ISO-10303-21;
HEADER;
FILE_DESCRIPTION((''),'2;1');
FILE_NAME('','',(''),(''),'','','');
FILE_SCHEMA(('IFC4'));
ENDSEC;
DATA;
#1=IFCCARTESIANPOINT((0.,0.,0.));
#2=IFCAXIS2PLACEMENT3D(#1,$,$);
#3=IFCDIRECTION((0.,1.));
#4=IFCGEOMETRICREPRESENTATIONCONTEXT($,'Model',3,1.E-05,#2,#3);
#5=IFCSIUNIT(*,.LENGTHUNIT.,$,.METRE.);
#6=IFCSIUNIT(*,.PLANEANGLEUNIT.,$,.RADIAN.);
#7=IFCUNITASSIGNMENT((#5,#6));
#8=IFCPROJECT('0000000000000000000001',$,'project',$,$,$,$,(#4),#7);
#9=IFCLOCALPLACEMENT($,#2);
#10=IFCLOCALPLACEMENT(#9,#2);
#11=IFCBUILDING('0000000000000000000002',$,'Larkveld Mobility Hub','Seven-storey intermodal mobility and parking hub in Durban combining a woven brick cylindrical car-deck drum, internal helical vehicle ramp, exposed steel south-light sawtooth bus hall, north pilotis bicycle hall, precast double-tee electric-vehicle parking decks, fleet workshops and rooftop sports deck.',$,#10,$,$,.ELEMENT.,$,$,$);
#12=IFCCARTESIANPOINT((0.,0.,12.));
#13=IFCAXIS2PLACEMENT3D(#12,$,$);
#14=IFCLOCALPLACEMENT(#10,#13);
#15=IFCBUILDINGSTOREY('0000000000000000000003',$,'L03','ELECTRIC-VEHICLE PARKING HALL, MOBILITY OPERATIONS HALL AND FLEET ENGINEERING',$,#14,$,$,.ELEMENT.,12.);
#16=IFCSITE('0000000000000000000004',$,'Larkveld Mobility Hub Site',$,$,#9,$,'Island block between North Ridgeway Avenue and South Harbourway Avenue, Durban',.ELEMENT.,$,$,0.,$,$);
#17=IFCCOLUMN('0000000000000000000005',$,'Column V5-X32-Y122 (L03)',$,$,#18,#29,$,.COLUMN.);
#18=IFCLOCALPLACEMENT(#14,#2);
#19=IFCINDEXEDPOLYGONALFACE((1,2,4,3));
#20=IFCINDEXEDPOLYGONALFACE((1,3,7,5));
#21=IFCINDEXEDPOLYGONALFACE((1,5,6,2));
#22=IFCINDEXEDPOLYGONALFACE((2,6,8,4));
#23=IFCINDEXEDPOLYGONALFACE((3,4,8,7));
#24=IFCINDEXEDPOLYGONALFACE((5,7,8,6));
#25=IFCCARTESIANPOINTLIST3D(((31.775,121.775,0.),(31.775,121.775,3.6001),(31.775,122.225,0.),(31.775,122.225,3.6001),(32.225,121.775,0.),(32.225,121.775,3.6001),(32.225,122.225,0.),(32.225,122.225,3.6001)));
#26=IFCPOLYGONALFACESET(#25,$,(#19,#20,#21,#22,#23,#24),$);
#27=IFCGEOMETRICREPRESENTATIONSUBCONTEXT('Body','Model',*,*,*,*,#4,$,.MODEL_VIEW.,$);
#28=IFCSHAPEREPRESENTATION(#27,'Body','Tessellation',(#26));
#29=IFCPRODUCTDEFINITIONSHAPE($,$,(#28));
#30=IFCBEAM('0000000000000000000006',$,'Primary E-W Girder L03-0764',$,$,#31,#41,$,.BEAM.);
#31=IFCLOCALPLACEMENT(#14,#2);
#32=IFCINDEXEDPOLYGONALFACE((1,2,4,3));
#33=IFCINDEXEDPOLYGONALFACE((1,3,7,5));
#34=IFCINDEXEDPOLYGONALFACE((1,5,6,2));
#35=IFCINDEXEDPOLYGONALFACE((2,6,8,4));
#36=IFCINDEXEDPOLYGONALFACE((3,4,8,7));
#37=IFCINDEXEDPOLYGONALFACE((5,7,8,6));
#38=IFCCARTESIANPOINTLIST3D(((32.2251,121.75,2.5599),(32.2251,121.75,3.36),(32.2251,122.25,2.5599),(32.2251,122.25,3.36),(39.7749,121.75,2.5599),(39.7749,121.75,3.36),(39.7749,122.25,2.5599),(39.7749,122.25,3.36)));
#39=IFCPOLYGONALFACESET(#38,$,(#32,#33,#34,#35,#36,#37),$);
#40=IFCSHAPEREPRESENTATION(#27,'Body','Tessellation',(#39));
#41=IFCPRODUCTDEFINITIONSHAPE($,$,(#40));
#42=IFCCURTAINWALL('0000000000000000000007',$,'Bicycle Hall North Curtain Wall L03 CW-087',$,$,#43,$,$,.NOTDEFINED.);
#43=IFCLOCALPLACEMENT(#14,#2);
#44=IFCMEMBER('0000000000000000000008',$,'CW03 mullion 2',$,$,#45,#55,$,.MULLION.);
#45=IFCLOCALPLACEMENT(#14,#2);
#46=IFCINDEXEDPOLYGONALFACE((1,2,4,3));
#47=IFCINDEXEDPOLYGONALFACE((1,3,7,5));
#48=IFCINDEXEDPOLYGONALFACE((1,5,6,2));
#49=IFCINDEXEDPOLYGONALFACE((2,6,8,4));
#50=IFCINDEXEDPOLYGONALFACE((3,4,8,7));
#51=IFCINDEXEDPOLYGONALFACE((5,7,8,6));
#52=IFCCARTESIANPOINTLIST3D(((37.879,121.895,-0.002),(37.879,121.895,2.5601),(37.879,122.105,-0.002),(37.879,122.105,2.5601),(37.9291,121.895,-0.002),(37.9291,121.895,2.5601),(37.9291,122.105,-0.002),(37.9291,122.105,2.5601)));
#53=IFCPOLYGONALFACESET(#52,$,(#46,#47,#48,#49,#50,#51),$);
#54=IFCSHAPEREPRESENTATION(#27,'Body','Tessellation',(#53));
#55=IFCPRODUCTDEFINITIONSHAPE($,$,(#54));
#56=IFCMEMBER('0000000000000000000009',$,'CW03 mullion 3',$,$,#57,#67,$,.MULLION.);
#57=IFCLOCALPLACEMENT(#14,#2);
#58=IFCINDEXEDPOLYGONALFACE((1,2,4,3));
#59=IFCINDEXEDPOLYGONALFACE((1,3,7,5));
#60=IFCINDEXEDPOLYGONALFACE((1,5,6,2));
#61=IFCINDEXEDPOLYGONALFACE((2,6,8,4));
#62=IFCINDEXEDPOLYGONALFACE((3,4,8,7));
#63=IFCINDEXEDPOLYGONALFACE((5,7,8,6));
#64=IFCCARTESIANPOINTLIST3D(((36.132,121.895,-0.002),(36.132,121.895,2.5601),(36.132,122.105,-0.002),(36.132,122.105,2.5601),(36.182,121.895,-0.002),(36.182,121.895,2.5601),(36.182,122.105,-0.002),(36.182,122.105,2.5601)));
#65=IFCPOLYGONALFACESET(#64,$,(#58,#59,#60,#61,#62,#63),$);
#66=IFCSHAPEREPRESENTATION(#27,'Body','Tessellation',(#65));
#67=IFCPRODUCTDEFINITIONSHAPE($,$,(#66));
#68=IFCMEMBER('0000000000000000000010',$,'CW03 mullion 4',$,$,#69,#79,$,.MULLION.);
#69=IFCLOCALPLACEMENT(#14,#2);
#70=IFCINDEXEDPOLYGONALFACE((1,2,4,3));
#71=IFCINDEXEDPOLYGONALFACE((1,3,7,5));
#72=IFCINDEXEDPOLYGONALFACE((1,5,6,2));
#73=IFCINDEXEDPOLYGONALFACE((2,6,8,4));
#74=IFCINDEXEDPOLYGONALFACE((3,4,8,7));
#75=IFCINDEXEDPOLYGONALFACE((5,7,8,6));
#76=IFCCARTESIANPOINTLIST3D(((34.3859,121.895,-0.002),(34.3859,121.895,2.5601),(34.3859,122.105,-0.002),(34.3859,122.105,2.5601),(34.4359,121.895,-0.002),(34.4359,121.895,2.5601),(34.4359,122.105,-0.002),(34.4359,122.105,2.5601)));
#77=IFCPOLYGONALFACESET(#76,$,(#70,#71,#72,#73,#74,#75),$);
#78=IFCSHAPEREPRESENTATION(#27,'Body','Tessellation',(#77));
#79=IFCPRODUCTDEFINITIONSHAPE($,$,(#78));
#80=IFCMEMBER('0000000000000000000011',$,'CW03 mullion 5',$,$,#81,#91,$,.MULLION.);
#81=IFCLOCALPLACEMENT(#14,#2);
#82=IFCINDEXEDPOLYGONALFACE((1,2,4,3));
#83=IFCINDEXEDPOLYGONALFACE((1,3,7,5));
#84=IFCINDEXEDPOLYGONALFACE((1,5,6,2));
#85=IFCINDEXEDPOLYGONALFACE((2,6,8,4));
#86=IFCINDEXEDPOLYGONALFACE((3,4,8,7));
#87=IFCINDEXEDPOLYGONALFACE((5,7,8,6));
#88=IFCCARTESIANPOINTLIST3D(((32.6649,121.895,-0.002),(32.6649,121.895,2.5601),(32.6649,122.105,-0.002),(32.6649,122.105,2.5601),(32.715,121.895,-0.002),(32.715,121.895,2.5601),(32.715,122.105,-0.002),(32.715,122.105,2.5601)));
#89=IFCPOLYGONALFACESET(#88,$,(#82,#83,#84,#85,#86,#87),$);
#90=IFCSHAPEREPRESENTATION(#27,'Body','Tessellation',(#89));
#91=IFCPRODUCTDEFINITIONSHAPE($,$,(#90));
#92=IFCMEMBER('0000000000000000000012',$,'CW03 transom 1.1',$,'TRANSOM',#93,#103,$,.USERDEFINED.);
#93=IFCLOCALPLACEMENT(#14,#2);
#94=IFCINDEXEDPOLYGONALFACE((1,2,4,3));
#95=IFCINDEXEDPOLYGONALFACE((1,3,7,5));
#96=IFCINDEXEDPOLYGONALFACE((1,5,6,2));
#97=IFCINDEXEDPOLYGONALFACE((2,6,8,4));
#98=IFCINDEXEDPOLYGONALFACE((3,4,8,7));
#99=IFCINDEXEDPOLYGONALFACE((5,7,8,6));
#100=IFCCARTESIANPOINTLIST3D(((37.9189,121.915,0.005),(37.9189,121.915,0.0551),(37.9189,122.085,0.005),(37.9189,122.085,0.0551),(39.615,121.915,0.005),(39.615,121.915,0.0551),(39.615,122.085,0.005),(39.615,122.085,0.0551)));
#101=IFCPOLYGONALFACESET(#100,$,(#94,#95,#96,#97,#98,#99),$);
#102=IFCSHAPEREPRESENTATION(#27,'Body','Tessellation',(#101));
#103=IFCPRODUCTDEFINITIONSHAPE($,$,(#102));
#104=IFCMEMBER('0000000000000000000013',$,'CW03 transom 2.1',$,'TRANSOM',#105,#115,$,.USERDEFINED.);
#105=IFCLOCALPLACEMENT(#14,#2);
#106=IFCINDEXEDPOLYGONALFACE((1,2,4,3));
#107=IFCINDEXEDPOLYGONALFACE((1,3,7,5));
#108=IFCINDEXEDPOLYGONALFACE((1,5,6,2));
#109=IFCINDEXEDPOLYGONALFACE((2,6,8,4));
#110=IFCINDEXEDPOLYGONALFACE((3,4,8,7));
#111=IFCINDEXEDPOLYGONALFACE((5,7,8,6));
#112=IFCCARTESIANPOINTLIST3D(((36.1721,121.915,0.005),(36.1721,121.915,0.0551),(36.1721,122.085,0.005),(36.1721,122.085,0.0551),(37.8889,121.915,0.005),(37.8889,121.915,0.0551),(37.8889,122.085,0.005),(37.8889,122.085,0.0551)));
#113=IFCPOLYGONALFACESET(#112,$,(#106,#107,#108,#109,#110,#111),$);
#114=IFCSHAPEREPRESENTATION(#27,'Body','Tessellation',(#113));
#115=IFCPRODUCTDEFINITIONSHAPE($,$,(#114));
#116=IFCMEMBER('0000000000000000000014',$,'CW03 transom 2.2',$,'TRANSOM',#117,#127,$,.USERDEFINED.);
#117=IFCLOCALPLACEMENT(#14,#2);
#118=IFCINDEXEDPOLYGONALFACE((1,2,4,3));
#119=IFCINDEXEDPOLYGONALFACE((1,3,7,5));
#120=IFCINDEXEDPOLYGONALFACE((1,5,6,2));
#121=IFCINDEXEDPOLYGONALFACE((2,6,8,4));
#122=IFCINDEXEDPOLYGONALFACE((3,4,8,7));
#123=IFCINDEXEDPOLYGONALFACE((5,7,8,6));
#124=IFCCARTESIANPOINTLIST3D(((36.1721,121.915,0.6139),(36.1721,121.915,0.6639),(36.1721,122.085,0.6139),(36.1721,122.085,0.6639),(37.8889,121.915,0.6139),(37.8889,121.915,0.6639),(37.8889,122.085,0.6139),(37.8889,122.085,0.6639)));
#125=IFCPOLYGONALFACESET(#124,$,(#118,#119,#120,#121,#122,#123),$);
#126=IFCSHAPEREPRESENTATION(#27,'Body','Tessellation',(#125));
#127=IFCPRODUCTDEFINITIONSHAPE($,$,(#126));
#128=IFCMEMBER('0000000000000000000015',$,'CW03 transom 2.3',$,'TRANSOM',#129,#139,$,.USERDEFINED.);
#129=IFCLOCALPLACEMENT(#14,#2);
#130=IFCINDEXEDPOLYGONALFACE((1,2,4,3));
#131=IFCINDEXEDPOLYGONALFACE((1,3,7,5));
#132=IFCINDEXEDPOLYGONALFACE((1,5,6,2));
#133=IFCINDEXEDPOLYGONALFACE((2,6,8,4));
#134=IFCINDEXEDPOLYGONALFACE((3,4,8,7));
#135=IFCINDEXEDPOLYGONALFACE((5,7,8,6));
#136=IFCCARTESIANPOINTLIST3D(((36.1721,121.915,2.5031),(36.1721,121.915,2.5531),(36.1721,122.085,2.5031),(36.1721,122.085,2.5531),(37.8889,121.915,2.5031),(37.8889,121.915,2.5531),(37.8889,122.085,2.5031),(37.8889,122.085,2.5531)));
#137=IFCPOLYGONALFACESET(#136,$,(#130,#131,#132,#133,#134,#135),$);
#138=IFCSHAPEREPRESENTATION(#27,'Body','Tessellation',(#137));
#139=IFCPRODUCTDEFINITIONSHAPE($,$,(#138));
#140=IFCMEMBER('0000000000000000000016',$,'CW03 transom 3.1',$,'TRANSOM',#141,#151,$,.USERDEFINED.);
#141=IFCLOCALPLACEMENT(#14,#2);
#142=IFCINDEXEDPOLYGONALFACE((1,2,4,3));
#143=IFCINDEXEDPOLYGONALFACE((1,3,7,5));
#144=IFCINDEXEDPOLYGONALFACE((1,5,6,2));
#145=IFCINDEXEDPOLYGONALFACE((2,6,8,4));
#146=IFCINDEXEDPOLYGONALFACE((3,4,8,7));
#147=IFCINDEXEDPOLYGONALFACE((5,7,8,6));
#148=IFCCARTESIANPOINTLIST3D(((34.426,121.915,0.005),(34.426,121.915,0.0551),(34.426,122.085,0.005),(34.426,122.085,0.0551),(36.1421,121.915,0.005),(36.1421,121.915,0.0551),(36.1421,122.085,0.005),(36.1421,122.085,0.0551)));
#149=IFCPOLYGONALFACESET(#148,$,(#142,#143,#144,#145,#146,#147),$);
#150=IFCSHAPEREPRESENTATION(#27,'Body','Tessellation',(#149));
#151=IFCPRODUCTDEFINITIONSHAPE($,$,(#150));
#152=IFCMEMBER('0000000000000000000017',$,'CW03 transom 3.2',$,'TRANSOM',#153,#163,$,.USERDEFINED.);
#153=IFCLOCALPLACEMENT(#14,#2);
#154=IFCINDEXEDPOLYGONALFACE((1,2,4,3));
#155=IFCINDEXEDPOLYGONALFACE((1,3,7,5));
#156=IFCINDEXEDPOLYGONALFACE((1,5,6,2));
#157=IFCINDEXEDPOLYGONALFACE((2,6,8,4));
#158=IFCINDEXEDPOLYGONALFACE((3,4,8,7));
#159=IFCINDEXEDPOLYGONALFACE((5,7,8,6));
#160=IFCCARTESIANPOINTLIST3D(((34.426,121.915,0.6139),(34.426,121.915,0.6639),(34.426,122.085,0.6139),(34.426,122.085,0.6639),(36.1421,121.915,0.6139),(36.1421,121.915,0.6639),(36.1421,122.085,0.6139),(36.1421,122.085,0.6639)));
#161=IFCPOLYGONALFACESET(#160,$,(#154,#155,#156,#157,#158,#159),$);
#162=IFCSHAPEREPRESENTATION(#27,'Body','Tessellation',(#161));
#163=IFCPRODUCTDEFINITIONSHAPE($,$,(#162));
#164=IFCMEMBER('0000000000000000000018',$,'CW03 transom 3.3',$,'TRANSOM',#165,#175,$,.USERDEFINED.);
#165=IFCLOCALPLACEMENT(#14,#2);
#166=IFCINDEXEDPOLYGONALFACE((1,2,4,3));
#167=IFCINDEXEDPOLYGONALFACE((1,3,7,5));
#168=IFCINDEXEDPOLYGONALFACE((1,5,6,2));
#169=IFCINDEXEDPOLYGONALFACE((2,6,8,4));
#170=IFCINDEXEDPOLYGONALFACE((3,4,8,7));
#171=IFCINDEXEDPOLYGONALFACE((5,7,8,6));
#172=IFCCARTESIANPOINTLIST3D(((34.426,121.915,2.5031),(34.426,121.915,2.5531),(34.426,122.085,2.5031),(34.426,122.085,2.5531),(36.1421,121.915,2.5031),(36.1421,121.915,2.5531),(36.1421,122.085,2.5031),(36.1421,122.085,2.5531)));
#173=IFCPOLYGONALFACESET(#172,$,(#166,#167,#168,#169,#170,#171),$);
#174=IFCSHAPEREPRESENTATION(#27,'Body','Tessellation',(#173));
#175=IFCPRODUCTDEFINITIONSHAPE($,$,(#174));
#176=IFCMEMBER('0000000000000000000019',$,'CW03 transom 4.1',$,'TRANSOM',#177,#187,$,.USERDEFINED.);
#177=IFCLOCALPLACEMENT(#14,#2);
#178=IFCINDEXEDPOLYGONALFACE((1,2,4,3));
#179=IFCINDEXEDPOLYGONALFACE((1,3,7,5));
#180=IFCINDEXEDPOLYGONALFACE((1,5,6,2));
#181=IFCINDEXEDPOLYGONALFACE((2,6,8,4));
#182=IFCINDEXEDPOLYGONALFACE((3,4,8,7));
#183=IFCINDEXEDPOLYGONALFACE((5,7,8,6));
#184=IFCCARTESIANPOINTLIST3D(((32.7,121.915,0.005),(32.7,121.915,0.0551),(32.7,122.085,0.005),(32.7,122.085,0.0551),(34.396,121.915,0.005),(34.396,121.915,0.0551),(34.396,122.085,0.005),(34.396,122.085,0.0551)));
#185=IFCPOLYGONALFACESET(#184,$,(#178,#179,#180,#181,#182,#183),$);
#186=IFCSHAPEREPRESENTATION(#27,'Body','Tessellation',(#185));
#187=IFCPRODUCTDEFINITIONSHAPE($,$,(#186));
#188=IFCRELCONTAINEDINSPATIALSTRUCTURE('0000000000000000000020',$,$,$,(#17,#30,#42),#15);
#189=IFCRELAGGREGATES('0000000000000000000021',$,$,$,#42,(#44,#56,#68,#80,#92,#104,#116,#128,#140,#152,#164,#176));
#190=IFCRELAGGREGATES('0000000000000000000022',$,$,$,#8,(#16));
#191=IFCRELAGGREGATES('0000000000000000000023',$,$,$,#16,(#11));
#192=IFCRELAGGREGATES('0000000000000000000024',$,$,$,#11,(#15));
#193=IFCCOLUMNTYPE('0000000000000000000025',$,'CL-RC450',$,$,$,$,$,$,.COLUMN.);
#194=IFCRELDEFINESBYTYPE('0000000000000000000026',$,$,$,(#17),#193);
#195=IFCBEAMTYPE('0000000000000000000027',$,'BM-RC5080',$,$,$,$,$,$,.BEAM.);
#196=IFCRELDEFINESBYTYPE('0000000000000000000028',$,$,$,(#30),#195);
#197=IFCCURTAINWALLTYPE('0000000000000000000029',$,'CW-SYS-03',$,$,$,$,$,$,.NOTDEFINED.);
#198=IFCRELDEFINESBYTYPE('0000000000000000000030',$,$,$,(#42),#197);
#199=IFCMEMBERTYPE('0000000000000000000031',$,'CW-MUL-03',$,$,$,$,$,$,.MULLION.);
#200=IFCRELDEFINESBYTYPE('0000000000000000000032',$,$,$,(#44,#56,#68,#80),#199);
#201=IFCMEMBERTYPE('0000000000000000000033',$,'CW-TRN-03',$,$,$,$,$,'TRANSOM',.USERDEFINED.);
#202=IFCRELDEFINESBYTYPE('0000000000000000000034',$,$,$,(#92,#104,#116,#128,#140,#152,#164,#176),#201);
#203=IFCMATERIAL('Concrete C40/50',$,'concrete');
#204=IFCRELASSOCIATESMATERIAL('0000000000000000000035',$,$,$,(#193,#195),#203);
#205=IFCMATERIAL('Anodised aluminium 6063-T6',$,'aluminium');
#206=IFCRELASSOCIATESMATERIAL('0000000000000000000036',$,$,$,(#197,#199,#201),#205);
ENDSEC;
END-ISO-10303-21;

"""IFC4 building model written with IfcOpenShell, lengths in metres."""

from ifc_helpers import new_model, si_unit, direction, frame, origin, origin_2d, place, context, subcontext, project, spatial, rectangle, extrude, material, material_profile, profile_set, type_object, element, aggregate, save


model = new_model("IFC4")

# Units and contexts
model_context = context("Model", 3, precision=1e-05, world=origin(), true_north=direction((0.0, 1.0)))
body_context = subcontext(model_context, "Body", "Model", "MODEL_VIEW")
ifc_project = project(units=[si_unit("LENGTHUNIT", "METRE"), si_unit("PLANEANGLEUNIT", "RADIAN")], contexts=[model_context])

# Site, building, storey
site_placement = place(None, origin())
site = spatial("IfcSite", under=ifc_project, at=site_placement, Name="Larkveld Mobility Hub Site", LongName="Island block between North Ridgeway Avenue and South Harbourway Avenue, Durban", CompositionType="ELEMENT", RefElevation=0.0)
building_placement = place(site_placement, origin())
building = spatial("IfcBuilding", under=site, at=building_placement, Name="Larkveld Mobility Hub", Description="Seven-storey intermodal mobility and parking hub in Durban combining a woven brick cylindrical car-deck drum, internal helical vehicle ramp, exposed steel south-light sawtooth bus hall, north pilotis bicycle hall, precast double-tee electric-vehicle parking decks, fleet workshops and rooftop sports deck.", CompositionType="ELEMENT")
storey_placement = place(building_placement, frame((0.0, 0.0, 12.0)))
storey = spatial("IfcBuildingStorey", under=building, at=storey_placement, Name="L03", Description="ELECTRIC-VEHICLE PARKING HALL, MOBILITY OPERATIONS HALL AND FLEET ENGINEERING", CompositionType="ELEMENT", Elevation=12.0)

# Column
ifc_material_1 = material(Name="Concrete C40/50", Category="concrete")
ifc_material_profile_1 = material_profile(ifc_material_1, rectangle(XDim=0.45, YDim=0.45, at=origin_2d()), Name="RC COL 450x450")
ifc_profile_set_1 = profile_set([ifc_material_profile_1], Name="Concrete C40/50")
column_type = type_object("IfcColumnType", Name="CL-RC450", PredefinedType="COLUMN", material=ifc_profile_set_1)
column_placement = place(storey_placement, frame((32.0, 122.0, 0.0), z_axis=(0.0, 0.0, 1.0), x_axis=(1.0, 0.0, 0.0)))
element("IfcColumn", 1, at=column_placement, inside=storey, type_object=column_type, Name="Column V5-X32-Y122 (L03)", PredefinedType="COLUMN", context=body_context, shape_type="SweptSolid", body=[
    extrude(rectangle(XDim=0.45, YDim=0.45, at=origin_2d()), origin(), (0.0, 0.0, 1.0), 3.6001),
])

# Beam
ifc_material_profile_2 = material_profile(ifc_material_1, rectangle(XDim=0.5, YDim=0.8, at=origin_2d()), Name="RC BM 500x800")
ifc_profile_set_2 = profile_set([ifc_material_profile_2], Name="Concrete C40/50")
beam_type = type_object("IfcBeamType", Name="BM-RC5080", PredefinedType="BEAM", material=ifc_profile_set_2)
beam_placement = place(storey_placement, frame((32.2251, 122.0, 2.96), z_axis=(1.0, 0.0, 0.0), x_axis=(0.0, 1.0, 0.0)))
element("IfcBeam", 2, at=beam_placement, inside=storey, type_object=beam_type, Name="Primary E-W Girder L03-0764", PredefinedType="BEAM", context=body_context, shape_type="SweptSolid", body=[
    extrude(rectangle(XDim=0.5, YDim=0.8, at=origin_2d()), origin(), (0.0, 0.0, 1.0), 7.5498),
])

# Curtain wall, members
ifc_material_2 = material(Name="Anodised aluminium 6063-T6", Category="aluminium")
curtain_wall_type = type_object("IfcCurtainWallType", Name="CW-SYS-03", PredefinedType="NOTDEFINED", material=ifc_material_2)
curtain_wall_placement = place(storey_placement, origin())
curtain_wall = element("IfcCurtainWall", 3, at=curtain_wall_placement, inside=storey, type_object=curtain_wall_type, Name="Bicycle Hall North Curtain Wall L03 CW-087", PredefinedType="NOTDEFINED")
ifc_material_profile_3 = material_profile(ifc_material_2, rectangle(XDim=0.05, YDim=0.21, at=origin_2d()), Name="ALU MULL 50x210")
ifc_profile_set_3 = profile_set([ifc_material_profile_3], Name="Anodised aluminium 6063-T6")
member_type_1 = type_object("IfcMemberType", Name="CW-MUL-03", PredefinedType="MULLION", material=ifc_profile_set_3)
member_1_placement = place(storey_placement, frame((37.9041, 122.0, -0.002), z_axis=(0.0, 0.0, 1.0), x_axis=(-1.0, 0.0, 0.0)))
member_1 = element("IfcMember", 4, at=member_1_placement, type_object=member_type_1, Name="CW03 mullion 2", PredefinedType="MULLION", context=body_context, shape_type="SweptSolid", body=[
    extrude(rectangle(XDim=0.05, YDim=0.21, at=origin_2d()), origin(), (0.0, 0.0, 1.0), 2.562),
])
member_2_placement = place(storey_placement, frame((36.157, 122.0, -0.002), z_axis=(0.0, 0.0, 1.0), x_axis=(-1.0, 0.0, 0.0)))
member_2 = element("IfcMember", 5, at=member_2_placement, type_object=member_type_1, Name="CW03 mullion 3", PredefinedType="MULLION", context=body_context, shape_type="SweptSolid", body=[
    extrude(rectangle(XDim=0.05, YDim=0.21, at=origin_2d()), origin(), (0.0, 0.0, 1.0), 2.562),
])
member_3_placement = place(storey_placement, frame((34.4109, 122.0, -0.002), z_axis=(0.0, 0.0, 1.0), x_axis=(-1.0, 0.0, 0.0)))
member_3 = element("IfcMember", 6, at=member_3_placement, type_object=member_type_1, Name="CW03 mullion 4", PredefinedType="MULLION", context=body_context, shape_type="SweptSolid", body=[
    extrude(rectangle(XDim=0.05, YDim=0.21, at=origin_2d()), origin(), (0.0, 0.0, 1.0), 2.562),
])
member_4_placement = place(storey_placement, frame((32.6899, 122.0, -0.002), z_axis=(0.0, 0.0, 1.0), x_axis=(-1.0, 0.0, 0.0)))
member_4 = element("IfcMember", 7, at=member_4_placement, type_object=member_type_1, Name="CW03 mullion 5", PredefinedType="MULLION", context=body_context, shape_type="SweptSolid", body=[
    extrude(rectangle(XDim=0.05, YDim=0.21, at=origin_2d()), origin(), (0.0, 0.0, 1.0), 2.562),
])
ifc_material_profile_4 = material_profile(ifc_material_2, rectangle(XDim=0.1699, YDim=0.05, at=origin_2d()), Name="ALU TRAN 50x170")
ifc_profile_set_4 = profile_set([ifc_material_profile_4], Name="Anodised aluminium 6063-T6")
member_type_2 = type_object("IfcMemberType", Name="CW-TRN-03", ElementType="TRANSOM", PredefinedType="USERDEFINED", material=ifc_profile_set_4)
member_5_placement = place(storey_placement, frame((39.615, 122.0, 0.03), z_axis=(-1.0, 0.0, 0.0), x_axis=(0.0, -1.0, 0.0)))
member_5 = element("IfcMember", 8, at=member_5_placement, type_object=member_type_2, Name="CW03 transom 1.1", ObjectType="TRANSOM", PredefinedType="USERDEFINED", context=body_context, shape_type="SweptSolid", body=[
    extrude(rectangle(XDim=0.1699, YDim=0.05, at=origin_2d()), origin(), (0.0, 0.0, 1.0), 1.696),
])
member_6_placement = place(storey_placement, frame((37.8889, 122.0, 0.03), z_axis=(-1.0, 0.0, 0.0), x_axis=(0.0, -1.0, 0.0)))
member_6 = element("IfcMember", 9, at=member_6_placement, type_object=member_type_2, Name="CW03 transom 2.1", ObjectType="TRANSOM", PredefinedType="USERDEFINED", context=body_context, shape_type="SweptSolid", body=[
    extrude(rectangle(XDim=0.1699, YDim=0.05, at=origin_2d()), origin(), (0.0, 0.0, 1.0), 1.7168),
])
member_7_placement = place(storey_placement, frame((37.8889, 122.0, 0.6389), z_axis=(-1.0, 0.0, 0.0), x_axis=(0.0, -1.0, 0.0)))
member_7 = element("IfcMember", 10, at=member_7_placement, type_object=member_type_2, Name="CW03 transom 2.2", ObjectType="TRANSOM", PredefinedType="USERDEFINED", context=body_context, shape_type="SweptSolid", body=[
    extrude(rectangle(XDim=0.1699, YDim=0.05, at=origin_2d()), origin(), (0.0, 0.0, 1.0), 1.7168),
])
member_8_placement = place(storey_placement, frame((37.8889, 122.0, 2.5281), z_axis=(-1.0, 0.0, 0.0), x_axis=(0.0, -1.0, 0.0)))
member_8 = element("IfcMember", 11, at=member_8_placement, type_object=member_type_2, Name="CW03 transom 2.3", ObjectType="TRANSOM", PredefinedType="USERDEFINED", context=body_context, shape_type="SweptSolid", body=[
    extrude(rectangle(XDim=0.1699, YDim=0.05, at=origin_2d()), origin(), (0.0, 0.0, 1.0), 1.7168),
])
member_9_placement = place(storey_placement, frame((36.1421, 122.0, 0.03), z_axis=(-1.0, 0.0, 0.0), x_axis=(0.0, -1.0, 0.0)))
member_9 = element("IfcMember", 12, at=member_9_placement, type_object=member_type_2, Name="CW03 transom 3.1", ObjectType="TRANSOM", PredefinedType="USERDEFINED", context=body_context, shape_type="SweptSolid", body=[
    extrude(rectangle(XDim=0.1699, YDim=0.05, at=origin_2d()), origin(), (0.0, 0.0, 1.0), 1.7161),
])
member_10_placement = place(storey_placement, frame((36.1421, 122.0, 0.6389), z_axis=(-1.0, 0.0, 0.0), x_axis=(0.0, -1.0, 0.0)))
member_10 = element("IfcMember", 13, at=member_10_placement, type_object=member_type_2, Name="CW03 transom 3.2", ObjectType="TRANSOM", PredefinedType="USERDEFINED", context=body_context, shape_type="SweptSolid", body=[
    extrude(rectangle(XDim=0.1699, YDim=0.05, at=origin_2d()), origin(), (0.0, 0.0, 1.0), 1.7161),
])
member_11_placement = place(storey_placement, frame((36.1421, 122.0, 2.5281), z_axis=(-1.0, 0.0, 0.0), x_axis=(0.0, -1.0, 0.0)))
member_11 = element("IfcMember", 14, at=member_11_placement, type_object=member_type_2, Name="CW03 transom 3.3", ObjectType="TRANSOM", PredefinedType="USERDEFINED", context=body_context, shape_type="SweptSolid", body=[
    extrude(rectangle(XDim=0.1699, YDim=0.05, at=origin_2d()), origin(), (0.0, 0.0, 1.0), 1.7161),
])
member_12_placement = place(storey_placement, frame((34.396, 122.0, 0.03), z_axis=(-1.0, 0.0, 0.0), x_axis=(0.0, -1.0, 0.0)))
member_12 = element("IfcMember", 15, at=member_12_placement, type_object=member_type_2, Name="CW03 transom 4.1", ObjectType="TRANSOM", PredefinedType="USERDEFINED", context=body_context, shape_type="SweptSolid", body=[
    extrude(rectangle(XDim=0.1699, YDim=0.05, at=origin_2d()), origin(), (0.0, 0.0, 1.0), 1.696),
])
aggregate(curtain_wall, [member_1, member_2, member_3, member_4, member_5, member_6, member_7, member_8, member_9, member_10, member_11, member_12])

save(model, "model.ifc")
